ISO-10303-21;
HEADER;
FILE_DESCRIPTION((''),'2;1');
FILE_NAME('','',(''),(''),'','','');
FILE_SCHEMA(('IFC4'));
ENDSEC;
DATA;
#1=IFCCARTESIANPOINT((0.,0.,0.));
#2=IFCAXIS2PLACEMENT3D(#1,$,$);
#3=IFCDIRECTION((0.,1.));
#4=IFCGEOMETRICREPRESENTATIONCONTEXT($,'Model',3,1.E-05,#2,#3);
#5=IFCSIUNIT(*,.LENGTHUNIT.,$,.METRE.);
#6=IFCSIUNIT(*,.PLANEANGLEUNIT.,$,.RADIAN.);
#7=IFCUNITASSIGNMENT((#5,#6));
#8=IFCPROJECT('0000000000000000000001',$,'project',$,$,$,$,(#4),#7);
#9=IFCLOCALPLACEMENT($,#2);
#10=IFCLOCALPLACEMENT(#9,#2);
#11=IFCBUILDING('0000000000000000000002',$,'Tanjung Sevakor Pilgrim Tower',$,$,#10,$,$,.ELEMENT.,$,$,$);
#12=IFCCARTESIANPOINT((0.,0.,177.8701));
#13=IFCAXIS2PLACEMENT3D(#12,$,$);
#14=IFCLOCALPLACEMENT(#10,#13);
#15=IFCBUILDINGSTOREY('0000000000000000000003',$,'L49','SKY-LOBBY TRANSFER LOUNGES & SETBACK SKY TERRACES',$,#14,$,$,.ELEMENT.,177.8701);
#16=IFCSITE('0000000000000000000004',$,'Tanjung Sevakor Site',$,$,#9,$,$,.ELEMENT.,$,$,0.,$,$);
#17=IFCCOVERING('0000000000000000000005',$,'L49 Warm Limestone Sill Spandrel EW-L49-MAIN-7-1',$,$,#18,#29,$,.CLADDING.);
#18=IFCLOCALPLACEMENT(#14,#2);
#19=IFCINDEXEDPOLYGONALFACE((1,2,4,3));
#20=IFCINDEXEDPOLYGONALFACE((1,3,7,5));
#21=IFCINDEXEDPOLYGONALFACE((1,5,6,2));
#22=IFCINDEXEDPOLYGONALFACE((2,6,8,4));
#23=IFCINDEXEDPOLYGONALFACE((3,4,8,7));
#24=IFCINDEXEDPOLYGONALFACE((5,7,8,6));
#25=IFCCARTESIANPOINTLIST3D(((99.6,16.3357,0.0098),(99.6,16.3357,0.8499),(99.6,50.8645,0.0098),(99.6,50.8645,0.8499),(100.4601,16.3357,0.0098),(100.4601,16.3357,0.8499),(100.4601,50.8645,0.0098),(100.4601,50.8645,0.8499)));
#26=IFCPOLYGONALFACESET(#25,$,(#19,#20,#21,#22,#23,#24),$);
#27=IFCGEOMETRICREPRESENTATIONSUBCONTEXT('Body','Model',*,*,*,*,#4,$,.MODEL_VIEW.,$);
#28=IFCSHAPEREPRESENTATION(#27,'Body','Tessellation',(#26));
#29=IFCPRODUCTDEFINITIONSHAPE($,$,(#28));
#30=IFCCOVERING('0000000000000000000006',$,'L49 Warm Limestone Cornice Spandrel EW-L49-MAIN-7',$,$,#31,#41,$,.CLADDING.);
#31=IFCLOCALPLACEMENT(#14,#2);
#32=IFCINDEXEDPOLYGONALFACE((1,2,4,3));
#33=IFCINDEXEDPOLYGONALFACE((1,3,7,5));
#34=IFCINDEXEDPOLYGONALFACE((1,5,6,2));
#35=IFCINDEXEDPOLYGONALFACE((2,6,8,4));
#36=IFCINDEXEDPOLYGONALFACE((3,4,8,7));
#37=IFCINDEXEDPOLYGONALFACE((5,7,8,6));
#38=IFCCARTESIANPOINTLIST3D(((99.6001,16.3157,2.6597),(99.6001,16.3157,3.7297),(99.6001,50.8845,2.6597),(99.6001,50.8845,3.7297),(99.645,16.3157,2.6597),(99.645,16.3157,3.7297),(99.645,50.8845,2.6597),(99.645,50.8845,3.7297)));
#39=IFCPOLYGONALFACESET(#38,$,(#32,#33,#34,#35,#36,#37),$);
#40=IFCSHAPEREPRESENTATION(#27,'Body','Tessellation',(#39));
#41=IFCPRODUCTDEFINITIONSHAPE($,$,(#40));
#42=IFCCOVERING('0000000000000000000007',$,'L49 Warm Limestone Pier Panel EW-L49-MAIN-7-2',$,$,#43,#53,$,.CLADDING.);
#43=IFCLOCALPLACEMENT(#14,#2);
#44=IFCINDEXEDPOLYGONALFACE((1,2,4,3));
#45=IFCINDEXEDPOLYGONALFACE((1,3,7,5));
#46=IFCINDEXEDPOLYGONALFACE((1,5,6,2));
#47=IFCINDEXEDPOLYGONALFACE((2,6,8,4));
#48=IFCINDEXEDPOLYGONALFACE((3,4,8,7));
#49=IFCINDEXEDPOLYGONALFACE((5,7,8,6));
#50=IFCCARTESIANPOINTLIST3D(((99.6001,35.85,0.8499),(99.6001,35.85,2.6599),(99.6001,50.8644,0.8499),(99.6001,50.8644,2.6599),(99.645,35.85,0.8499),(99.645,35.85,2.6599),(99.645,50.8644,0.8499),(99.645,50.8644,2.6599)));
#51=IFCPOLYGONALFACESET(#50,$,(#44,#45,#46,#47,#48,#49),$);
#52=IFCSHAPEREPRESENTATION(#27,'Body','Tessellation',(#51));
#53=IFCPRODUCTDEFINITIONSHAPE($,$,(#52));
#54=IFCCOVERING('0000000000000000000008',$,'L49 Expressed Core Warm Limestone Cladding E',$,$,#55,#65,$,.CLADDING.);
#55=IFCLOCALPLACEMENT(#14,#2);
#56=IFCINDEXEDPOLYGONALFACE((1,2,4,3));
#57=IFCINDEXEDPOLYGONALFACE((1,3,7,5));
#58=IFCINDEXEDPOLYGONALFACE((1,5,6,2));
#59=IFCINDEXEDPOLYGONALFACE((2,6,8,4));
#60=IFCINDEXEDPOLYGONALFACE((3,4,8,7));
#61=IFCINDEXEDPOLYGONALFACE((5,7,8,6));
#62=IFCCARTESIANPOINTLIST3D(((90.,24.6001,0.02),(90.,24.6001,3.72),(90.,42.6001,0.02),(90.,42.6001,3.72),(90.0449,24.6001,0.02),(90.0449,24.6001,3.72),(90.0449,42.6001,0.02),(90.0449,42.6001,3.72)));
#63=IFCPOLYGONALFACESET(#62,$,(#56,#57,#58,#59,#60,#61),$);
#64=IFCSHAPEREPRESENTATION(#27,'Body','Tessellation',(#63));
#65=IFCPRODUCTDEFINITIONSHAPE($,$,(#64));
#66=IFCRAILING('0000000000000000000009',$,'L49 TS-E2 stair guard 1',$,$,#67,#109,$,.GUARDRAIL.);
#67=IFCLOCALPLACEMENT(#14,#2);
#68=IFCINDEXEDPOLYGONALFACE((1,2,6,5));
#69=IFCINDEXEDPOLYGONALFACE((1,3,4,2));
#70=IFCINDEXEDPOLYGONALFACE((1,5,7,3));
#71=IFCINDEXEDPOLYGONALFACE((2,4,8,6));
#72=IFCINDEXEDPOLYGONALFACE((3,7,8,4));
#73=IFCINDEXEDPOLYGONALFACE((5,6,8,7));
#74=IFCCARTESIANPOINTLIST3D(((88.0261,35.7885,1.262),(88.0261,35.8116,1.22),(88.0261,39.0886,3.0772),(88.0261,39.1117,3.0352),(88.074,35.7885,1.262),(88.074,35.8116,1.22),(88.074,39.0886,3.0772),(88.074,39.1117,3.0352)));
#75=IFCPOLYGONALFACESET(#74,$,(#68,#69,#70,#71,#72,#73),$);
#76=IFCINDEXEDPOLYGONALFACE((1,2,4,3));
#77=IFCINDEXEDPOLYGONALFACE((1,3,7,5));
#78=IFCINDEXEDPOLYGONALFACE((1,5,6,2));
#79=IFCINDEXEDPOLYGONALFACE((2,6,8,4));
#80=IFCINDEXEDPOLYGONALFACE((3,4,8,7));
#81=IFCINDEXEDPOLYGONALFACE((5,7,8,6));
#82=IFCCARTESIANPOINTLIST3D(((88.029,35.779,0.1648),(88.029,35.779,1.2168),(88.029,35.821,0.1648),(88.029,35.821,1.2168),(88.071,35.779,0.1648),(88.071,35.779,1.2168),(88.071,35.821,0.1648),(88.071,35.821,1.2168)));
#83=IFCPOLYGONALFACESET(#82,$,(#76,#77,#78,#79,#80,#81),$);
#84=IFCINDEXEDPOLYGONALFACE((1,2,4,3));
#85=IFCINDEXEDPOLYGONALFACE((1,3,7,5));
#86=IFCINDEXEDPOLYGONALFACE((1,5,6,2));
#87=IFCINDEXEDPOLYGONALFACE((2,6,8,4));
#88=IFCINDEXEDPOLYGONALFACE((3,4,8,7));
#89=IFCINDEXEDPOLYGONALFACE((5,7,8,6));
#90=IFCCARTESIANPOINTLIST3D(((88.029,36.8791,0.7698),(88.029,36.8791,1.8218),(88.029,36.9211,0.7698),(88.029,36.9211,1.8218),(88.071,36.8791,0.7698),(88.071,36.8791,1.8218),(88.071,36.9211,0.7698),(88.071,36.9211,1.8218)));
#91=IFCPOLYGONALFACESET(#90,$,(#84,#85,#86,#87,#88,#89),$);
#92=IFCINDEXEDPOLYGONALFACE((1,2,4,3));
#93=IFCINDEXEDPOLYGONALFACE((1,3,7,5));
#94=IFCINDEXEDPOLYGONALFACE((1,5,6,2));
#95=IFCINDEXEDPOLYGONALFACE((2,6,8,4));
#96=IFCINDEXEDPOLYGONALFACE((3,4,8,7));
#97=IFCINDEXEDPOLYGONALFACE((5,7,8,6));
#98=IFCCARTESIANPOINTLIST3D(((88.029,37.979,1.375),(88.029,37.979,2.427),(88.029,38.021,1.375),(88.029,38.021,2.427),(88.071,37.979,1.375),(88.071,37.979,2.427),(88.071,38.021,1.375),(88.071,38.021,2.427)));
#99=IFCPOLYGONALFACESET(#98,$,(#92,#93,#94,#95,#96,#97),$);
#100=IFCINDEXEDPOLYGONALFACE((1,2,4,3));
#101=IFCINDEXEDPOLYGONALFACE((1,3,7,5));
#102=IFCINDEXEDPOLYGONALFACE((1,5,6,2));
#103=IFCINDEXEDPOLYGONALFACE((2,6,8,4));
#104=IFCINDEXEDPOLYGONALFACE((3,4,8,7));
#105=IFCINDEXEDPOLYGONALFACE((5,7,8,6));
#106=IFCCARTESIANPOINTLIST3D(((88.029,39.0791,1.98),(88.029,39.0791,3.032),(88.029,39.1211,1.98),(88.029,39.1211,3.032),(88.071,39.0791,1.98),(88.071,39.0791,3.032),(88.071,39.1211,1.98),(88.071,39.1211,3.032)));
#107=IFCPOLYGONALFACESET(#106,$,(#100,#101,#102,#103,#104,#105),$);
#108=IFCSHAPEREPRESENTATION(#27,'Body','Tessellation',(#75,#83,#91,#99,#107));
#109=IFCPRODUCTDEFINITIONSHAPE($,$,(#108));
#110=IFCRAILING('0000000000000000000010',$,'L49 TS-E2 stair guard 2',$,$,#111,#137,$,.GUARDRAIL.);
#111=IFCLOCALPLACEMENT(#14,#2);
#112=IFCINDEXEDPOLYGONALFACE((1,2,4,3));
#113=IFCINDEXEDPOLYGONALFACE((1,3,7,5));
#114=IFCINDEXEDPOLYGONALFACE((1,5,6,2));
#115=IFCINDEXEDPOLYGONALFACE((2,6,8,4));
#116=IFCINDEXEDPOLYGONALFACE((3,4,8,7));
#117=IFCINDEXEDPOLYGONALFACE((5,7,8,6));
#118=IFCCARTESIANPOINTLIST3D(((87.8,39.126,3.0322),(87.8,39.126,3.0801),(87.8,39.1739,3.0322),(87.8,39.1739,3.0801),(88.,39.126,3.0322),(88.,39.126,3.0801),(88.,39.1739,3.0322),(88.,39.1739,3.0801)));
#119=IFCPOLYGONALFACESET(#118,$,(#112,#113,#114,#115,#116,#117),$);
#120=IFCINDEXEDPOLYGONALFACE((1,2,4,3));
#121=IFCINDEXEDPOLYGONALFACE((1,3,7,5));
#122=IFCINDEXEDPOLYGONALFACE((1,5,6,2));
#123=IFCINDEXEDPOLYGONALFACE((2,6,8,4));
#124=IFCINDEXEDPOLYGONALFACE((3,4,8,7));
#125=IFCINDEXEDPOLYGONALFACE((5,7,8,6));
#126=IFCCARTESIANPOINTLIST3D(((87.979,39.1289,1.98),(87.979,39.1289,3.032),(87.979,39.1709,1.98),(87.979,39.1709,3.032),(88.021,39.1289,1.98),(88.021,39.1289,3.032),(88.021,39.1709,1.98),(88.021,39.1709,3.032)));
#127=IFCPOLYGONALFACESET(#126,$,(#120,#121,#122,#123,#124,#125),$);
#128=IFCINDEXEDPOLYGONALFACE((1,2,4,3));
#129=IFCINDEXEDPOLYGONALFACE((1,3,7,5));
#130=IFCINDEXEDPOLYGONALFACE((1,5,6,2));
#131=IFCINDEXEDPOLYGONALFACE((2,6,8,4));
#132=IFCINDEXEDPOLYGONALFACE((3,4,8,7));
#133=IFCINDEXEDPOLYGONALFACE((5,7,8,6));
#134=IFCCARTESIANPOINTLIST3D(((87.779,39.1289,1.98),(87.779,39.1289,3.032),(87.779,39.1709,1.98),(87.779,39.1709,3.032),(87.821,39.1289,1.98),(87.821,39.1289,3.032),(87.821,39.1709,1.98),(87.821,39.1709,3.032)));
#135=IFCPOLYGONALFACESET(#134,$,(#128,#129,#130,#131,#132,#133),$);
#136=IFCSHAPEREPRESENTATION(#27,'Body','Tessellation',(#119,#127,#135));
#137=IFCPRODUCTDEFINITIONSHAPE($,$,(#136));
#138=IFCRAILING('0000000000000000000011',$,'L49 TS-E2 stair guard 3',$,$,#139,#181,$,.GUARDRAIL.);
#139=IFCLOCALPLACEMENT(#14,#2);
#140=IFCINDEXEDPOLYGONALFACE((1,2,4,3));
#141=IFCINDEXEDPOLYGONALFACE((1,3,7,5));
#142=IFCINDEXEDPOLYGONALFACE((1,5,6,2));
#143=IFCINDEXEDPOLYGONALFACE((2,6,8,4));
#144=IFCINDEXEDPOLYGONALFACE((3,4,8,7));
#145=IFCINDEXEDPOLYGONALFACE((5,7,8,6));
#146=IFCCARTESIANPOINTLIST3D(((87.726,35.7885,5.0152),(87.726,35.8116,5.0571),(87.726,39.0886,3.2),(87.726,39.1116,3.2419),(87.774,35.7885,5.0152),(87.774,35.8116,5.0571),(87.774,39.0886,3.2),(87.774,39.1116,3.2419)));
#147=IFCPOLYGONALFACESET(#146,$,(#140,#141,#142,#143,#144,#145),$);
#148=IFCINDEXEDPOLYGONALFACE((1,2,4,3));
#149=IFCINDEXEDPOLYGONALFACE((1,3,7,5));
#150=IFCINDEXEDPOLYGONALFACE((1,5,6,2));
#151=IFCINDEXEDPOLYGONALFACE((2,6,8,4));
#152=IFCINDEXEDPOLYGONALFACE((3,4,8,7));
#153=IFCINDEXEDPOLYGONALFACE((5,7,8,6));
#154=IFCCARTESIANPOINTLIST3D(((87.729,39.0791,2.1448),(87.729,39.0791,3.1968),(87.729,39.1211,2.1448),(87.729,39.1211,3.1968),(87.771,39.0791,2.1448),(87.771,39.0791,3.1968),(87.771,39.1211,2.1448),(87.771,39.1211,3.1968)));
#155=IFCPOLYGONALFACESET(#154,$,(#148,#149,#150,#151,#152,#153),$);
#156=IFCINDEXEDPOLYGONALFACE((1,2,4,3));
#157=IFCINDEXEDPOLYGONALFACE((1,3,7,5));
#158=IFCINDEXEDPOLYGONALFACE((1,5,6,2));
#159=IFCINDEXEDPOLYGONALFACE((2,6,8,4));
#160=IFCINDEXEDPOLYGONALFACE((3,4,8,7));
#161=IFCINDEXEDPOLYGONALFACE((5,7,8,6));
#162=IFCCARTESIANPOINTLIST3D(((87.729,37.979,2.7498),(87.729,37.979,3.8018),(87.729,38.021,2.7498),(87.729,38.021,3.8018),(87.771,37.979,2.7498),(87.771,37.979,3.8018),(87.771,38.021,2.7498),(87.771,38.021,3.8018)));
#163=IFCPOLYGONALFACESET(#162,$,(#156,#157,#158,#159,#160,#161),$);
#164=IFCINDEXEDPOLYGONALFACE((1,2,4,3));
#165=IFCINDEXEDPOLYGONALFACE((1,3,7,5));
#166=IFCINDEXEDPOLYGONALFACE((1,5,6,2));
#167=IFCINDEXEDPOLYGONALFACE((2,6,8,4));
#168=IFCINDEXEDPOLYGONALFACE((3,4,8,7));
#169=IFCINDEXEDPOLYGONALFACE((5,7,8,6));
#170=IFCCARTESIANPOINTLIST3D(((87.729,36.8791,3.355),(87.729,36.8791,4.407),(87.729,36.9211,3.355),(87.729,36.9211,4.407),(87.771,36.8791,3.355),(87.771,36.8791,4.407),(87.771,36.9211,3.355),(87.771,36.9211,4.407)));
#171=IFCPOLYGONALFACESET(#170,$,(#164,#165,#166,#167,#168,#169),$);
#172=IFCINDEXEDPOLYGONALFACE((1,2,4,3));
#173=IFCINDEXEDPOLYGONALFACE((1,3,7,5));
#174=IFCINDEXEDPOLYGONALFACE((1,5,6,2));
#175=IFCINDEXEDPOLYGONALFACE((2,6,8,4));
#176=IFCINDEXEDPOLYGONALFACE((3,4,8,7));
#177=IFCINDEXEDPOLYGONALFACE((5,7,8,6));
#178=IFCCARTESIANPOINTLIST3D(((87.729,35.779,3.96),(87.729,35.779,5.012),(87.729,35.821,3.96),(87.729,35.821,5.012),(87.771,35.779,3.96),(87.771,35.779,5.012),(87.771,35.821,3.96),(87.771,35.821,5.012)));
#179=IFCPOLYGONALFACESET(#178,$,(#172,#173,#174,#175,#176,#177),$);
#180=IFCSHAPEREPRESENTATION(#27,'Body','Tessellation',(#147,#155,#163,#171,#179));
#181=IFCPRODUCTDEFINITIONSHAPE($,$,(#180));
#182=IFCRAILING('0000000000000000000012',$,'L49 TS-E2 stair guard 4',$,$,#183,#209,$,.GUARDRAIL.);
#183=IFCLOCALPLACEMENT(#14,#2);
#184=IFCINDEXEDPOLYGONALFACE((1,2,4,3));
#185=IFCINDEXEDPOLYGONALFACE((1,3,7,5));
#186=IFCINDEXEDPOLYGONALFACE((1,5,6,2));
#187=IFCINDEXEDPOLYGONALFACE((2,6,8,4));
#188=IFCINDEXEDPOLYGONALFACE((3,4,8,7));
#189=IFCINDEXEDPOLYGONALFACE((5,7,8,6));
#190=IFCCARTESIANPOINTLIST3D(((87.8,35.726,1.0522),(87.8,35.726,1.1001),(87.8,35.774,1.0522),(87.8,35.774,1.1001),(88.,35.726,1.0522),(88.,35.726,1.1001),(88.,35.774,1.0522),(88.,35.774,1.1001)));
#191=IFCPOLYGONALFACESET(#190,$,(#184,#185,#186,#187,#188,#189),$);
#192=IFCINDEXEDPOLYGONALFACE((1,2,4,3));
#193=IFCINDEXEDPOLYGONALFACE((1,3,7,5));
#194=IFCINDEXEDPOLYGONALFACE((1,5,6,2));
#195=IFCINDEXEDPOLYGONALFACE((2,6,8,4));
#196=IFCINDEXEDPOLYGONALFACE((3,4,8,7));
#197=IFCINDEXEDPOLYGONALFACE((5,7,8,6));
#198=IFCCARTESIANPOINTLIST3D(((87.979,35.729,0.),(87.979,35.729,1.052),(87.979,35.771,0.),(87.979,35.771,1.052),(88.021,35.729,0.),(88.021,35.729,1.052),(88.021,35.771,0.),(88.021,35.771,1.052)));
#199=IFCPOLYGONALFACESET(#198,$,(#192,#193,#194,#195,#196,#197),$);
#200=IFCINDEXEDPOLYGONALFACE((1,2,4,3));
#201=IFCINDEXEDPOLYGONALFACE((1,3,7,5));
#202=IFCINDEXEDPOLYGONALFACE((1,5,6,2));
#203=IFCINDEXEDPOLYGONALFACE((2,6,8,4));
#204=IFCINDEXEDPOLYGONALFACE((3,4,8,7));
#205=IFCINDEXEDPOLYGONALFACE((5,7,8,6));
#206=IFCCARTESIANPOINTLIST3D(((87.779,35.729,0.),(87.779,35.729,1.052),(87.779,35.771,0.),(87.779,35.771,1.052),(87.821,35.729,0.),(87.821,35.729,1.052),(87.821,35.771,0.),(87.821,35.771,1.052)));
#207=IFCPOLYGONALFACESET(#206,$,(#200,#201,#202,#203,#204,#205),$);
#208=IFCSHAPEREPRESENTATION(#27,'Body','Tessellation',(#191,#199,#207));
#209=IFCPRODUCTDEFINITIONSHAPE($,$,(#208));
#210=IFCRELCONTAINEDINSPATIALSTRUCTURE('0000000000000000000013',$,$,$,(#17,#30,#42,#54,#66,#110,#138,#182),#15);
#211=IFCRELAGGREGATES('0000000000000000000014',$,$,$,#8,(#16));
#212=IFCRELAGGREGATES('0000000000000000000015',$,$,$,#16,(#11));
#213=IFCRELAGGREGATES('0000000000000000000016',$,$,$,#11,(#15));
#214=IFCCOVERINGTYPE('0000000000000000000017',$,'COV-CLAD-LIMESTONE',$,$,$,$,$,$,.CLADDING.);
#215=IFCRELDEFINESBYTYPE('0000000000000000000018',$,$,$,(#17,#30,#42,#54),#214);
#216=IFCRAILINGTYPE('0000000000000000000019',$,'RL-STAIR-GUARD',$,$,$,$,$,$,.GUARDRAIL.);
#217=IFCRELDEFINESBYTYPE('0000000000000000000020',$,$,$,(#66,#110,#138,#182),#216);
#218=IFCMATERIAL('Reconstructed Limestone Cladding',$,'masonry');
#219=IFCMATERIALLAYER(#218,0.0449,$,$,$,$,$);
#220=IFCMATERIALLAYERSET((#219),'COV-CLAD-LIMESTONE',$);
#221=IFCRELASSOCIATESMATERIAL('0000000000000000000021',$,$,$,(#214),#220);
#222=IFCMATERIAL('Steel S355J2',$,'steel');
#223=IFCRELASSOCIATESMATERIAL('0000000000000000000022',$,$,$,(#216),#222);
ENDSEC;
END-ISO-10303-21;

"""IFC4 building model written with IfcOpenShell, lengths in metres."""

from ifc_helpers import new_model, si_unit, direction, frame, origin, origin_2d, place, context, subcontext, project, spatial, rectangle, extrude, material, layer, layer_set, type_object, element, save


model = new_model("IFC4")

# Units and contexts
model_context = context("Model", 3, precision=1e-05, world=origin(), true_north=direction((0.0, 1.0)))
body_context = subcontext(model_context, "Body", "Model", "MODEL_VIEW")
ifc_project = project(units=[si_unit("LENGTHUNIT", "METRE"), si_unit("PLANEANGLEUNIT", "RADIAN")], contexts=[model_context])

# Site, building, storey
site_placement = place(None, origin())
site = spatial("IfcSite", under=ifc_project, at=site_placement, Name="Tanjung Sevakor Site", CompositionType="ELEMENT", RefElevation=0.0)
building_placement = place(site_placement, origin())
building = spatial("IfcBuilding", under=site, at=building_placement, Name="Tanjung Sevakor Pilgrim Tower", CompositionType="ELEMENT")
storey_placement = place(building_placement, frame((0.0, 0.0, 177.8701)))
storey = spatial("IfcBuildingStorey", under=building, at=storey_placement, Name="L49", Description="SKY-LOBBY TRANSFER LOUNGES & SETBACK SKY TERRACES", CompositionType="ELEMENT", Elevation=177.8701)

# Coverings
ifc_material_1 = material(Name="Reconstructed Limestone Cladding", Category="masonry")
ifc_layer_1 = layer(ifc_material_1, 0.0449)
ifc_layer_set_1 = layer_set([ifc_layer_1], Name="COV-CLAD-LIMESTONE")
covering_type = type_object("IfcCoveringType", Name="COV-CLAD-LIMESTONE", PredefinedType="CLADDING", material=ifc_layer_set_1)
covering_1_placement = place(storey_placement, frame((100.03, 33.6001, 0.0098), z_axis=(0.0, 0.0, 1.0), x_axis=(0.0, 1.0, 0.0)))
element("IfcCovering", 1, at=covering_1_placement, inside=storey, type_object=covering_type, Name="L49 Warm Limestone Sill Spandrel EW-L49-MAIN-7-1", PredefinedType="CLADDING", context=body_context, shape_type="SweptSolid", body=[
    extrude(rectangle(XDim=34.5288, YDim=0.8601, at=origin_2d()), origin(), (0.0, 0.0, 1.0), 0.8401),
])
covering_2_placement = place(storey_placement, frame((99.6226, 33.6001, 2.6597), z_axis=(0.0, 0.0, 1.0), x_axis=(0.0, 1.0, 0.0)))
element("IfcCovering", 2, at=covering_2_placement, inside=storey, type_object=covering_type, Name="L49 Warm Limestone Cornice Spandrel EW-L49-MAIN-7", PredefinedType="CLADDING", context=body_context, shape_type="SweptSolid", body=[
    extrude(rectangle(XDim=34.5688, YDim=0.0449, at=origin_2d()), origin(), (0.0, 0.0, 1.0), 1.0701),
])
covering_3_placement = place(storey_placement, frame((99.6226, 43.3572, 0.8499), z_axis=(0.0, 0.0, 1.0), x_axis=(0.0, 1.0, 0.0)))
element("IfcCovering", 3, at=covering_3_placement, inside=storey, type_object=covering_type, Name="L49 Warm Limestone Pier Panel EW-L49-MAIN-7-2", PredefinedType="CLADDING", context=body_context, shape_type="SweptSolid", body=[
    extrude(rectangle(XDim=15.0144, YDim=0.0449, at=origin_2d()), origin(), (0.0, 0.0, 1.0), 1.8101),
])
covering_4_placement = place(storey_placement, frame((90.0225, 33.6001, 0.02), z_axis=(0.0, 0.0, 1.0), x_axis=(1.0, 0.0, 0.0)))
element("IfcCovering", 4, at=covering_4_placement, inside=storey, type_object=covering_type, Name="L49 Expressed Core Warm Limestone Cladding E", PredefinedType="CLADDING", context=body_context, shape_type="SweptSolid", body=[
    extrude(rectangle(XDim=0.0449, YDim=18.0, at=origin_2d()), origin(), (0.0, 0.0, 1.0), 3.7),
])

# Railings
ifc_material_2 = material(Name="Steel S355J2", Category="steel")
railing_type_1 = type_object("IfcRailingType", Name="RL-STAIR-GUARD", PredefinedType="GUARDRAIL", material=ifc_material_2)
railing_1_placement = place(storey_placement, frame((88.05, 35.8, 0.1648)))
element("IfcRailing", 5, at=railing_1_placement, inside=storey, type_object=railing_type_1, Name="L49 TS-E2 stair guard 1", PredefinedType="GUARDRAIL", context=body_context, shape_type="SweptSolid", body=[
    extrude(rectangle(XDim=0.0479, YDim=0.0479), frame((0.0, 0.0, 1.0762), z_axis=(0.0, 0.876198, 0.481951), x_axis=(-1.0, 0.0, 0.0)), (0.0, 0.0, 1.0), 3.7664),
    extrude(rectangle(XDim=0.042, YDim=0.042), origin(), (0.0, 0.0, 1.0), 1.052),
    extrude(rectangle(XDim=0.042, YDim=0.042), frame((0.0, 1.1001, 0.605)), (0.0, 0.0, 1.0), 1.052),
    extrude(rectangle(XDim=0.042, YDim=0.042), frame((0.0, 2.2, 1.2102)), (0.0, 0.0, 1.0), 1.052),
    extrude(rectangle(XDim=0.042, YDim=0.042), frame((0.0, 3.3, 1.8152)), (0.0, 0.0, 1.0), 1.052),
])
railing_2_placement = place(storey_placement, frame((88.0, 39.1499, 1.98)))
element("IfcRailing", 6, at=railing_2_placement, inside=storey, type_object=railing_type_1, Name="L49 TS-E2 stair guard 2", PredefinedType="GUARDRAIL", context=body_context, shape_type="SweptSolid", body=[
    extrude(rectangle(XDim=0.0479, YDim=0.0479), frame((0.0, 0.0, 1.0762), z_axis=(-1.0, 0.0, 0.0), x_axis=(0.0, -1.0, 0.0)), (0.0, 0.0, 1.0), 0.2),
    extrude(rectangle(XDim=0.042, YDim=0.042), origin(), (0.0, 0.0, 1.0), 1.052),
    extrude(rectangle(XDim=0.042, YDim=0.042), frame((-0.2, 0.0, 0.0)), (0.0, 0.0, 1.0), 1.052),
])
railing_3_placement = place(storey_placement, frame((87.75, 39.1001, 2.1448)))
element("IfcRailing", 7, at=railing_3_placement, inside=storey, type_object=railing_type_1, Name="L49 TS-E2 stair guard 3", PredefinedType="GUARDRAIL", context=body_context, shape_type="SweptSolid", body=[
    extrude(rectangle(XDim=0.0479, YDim=0.0479), frame((0.0, 0.0, 1.0762), z_axis=(0.0, -0.876198, 0.481951), x_axis=(1.0, 0.0, 0.0)), (0.0, 0.0, 1.0), 3.7664),
    extrude(rectangle(XDim=0.042, YDim=0.042), origin(), (0.0, 0.0, 1.0), 1.052),
    extrude(rectangle(XDim=0.042, YDim=0.042), frame((0.0, -1.1001, 0.605)), (0.0, 0.0, 1.0), 1.052),
    extrude(rectangle(XDim=0.042, YDim=0.042), frame((0.0, -2.2, 1.2102)), (0.0, 0.0, 1.0), 1.052),
    extrude(rectangle(XDim=0.042, YDim=0.042), frame((0.0, -3.3, 1.8152)), (0.0, 0.0, 1.0), 1.052),
])
railing_4_placement = place(storey_placement, frame((88.0, 35.75, 0.0)))
element("IfcRailing", 8, at=railing_4_placement, inside=storey, type_object=railing_type_1, Name="L49 TS-E2 stair guard 4", PredefinedType="GUARDRAIL", context=body_context, shape_type="SweptSolid", body=[
    extrude(rectangle(XDim=0.0479, YDim=0.0479), frame((0.0, 0.0, 1.0762), z_axis=(-1.0, 0.0, 0.0), x_axis=(0.0, -1.0, 0.0)), (0.0, 0.0, 1.0), 0.2),
    extrude(rectangle(XDim=0.042, YDim=0.042), origin(), (0.0, 0.0, 1.0), 1.052),
    extrude(rectangle(XDim=0.042, YDim=0.042), frame((-0.2, 0.0, 0.0)), (0.0, 0.0, 1.0), 1.052),
])

save(model, "model.ifc")
